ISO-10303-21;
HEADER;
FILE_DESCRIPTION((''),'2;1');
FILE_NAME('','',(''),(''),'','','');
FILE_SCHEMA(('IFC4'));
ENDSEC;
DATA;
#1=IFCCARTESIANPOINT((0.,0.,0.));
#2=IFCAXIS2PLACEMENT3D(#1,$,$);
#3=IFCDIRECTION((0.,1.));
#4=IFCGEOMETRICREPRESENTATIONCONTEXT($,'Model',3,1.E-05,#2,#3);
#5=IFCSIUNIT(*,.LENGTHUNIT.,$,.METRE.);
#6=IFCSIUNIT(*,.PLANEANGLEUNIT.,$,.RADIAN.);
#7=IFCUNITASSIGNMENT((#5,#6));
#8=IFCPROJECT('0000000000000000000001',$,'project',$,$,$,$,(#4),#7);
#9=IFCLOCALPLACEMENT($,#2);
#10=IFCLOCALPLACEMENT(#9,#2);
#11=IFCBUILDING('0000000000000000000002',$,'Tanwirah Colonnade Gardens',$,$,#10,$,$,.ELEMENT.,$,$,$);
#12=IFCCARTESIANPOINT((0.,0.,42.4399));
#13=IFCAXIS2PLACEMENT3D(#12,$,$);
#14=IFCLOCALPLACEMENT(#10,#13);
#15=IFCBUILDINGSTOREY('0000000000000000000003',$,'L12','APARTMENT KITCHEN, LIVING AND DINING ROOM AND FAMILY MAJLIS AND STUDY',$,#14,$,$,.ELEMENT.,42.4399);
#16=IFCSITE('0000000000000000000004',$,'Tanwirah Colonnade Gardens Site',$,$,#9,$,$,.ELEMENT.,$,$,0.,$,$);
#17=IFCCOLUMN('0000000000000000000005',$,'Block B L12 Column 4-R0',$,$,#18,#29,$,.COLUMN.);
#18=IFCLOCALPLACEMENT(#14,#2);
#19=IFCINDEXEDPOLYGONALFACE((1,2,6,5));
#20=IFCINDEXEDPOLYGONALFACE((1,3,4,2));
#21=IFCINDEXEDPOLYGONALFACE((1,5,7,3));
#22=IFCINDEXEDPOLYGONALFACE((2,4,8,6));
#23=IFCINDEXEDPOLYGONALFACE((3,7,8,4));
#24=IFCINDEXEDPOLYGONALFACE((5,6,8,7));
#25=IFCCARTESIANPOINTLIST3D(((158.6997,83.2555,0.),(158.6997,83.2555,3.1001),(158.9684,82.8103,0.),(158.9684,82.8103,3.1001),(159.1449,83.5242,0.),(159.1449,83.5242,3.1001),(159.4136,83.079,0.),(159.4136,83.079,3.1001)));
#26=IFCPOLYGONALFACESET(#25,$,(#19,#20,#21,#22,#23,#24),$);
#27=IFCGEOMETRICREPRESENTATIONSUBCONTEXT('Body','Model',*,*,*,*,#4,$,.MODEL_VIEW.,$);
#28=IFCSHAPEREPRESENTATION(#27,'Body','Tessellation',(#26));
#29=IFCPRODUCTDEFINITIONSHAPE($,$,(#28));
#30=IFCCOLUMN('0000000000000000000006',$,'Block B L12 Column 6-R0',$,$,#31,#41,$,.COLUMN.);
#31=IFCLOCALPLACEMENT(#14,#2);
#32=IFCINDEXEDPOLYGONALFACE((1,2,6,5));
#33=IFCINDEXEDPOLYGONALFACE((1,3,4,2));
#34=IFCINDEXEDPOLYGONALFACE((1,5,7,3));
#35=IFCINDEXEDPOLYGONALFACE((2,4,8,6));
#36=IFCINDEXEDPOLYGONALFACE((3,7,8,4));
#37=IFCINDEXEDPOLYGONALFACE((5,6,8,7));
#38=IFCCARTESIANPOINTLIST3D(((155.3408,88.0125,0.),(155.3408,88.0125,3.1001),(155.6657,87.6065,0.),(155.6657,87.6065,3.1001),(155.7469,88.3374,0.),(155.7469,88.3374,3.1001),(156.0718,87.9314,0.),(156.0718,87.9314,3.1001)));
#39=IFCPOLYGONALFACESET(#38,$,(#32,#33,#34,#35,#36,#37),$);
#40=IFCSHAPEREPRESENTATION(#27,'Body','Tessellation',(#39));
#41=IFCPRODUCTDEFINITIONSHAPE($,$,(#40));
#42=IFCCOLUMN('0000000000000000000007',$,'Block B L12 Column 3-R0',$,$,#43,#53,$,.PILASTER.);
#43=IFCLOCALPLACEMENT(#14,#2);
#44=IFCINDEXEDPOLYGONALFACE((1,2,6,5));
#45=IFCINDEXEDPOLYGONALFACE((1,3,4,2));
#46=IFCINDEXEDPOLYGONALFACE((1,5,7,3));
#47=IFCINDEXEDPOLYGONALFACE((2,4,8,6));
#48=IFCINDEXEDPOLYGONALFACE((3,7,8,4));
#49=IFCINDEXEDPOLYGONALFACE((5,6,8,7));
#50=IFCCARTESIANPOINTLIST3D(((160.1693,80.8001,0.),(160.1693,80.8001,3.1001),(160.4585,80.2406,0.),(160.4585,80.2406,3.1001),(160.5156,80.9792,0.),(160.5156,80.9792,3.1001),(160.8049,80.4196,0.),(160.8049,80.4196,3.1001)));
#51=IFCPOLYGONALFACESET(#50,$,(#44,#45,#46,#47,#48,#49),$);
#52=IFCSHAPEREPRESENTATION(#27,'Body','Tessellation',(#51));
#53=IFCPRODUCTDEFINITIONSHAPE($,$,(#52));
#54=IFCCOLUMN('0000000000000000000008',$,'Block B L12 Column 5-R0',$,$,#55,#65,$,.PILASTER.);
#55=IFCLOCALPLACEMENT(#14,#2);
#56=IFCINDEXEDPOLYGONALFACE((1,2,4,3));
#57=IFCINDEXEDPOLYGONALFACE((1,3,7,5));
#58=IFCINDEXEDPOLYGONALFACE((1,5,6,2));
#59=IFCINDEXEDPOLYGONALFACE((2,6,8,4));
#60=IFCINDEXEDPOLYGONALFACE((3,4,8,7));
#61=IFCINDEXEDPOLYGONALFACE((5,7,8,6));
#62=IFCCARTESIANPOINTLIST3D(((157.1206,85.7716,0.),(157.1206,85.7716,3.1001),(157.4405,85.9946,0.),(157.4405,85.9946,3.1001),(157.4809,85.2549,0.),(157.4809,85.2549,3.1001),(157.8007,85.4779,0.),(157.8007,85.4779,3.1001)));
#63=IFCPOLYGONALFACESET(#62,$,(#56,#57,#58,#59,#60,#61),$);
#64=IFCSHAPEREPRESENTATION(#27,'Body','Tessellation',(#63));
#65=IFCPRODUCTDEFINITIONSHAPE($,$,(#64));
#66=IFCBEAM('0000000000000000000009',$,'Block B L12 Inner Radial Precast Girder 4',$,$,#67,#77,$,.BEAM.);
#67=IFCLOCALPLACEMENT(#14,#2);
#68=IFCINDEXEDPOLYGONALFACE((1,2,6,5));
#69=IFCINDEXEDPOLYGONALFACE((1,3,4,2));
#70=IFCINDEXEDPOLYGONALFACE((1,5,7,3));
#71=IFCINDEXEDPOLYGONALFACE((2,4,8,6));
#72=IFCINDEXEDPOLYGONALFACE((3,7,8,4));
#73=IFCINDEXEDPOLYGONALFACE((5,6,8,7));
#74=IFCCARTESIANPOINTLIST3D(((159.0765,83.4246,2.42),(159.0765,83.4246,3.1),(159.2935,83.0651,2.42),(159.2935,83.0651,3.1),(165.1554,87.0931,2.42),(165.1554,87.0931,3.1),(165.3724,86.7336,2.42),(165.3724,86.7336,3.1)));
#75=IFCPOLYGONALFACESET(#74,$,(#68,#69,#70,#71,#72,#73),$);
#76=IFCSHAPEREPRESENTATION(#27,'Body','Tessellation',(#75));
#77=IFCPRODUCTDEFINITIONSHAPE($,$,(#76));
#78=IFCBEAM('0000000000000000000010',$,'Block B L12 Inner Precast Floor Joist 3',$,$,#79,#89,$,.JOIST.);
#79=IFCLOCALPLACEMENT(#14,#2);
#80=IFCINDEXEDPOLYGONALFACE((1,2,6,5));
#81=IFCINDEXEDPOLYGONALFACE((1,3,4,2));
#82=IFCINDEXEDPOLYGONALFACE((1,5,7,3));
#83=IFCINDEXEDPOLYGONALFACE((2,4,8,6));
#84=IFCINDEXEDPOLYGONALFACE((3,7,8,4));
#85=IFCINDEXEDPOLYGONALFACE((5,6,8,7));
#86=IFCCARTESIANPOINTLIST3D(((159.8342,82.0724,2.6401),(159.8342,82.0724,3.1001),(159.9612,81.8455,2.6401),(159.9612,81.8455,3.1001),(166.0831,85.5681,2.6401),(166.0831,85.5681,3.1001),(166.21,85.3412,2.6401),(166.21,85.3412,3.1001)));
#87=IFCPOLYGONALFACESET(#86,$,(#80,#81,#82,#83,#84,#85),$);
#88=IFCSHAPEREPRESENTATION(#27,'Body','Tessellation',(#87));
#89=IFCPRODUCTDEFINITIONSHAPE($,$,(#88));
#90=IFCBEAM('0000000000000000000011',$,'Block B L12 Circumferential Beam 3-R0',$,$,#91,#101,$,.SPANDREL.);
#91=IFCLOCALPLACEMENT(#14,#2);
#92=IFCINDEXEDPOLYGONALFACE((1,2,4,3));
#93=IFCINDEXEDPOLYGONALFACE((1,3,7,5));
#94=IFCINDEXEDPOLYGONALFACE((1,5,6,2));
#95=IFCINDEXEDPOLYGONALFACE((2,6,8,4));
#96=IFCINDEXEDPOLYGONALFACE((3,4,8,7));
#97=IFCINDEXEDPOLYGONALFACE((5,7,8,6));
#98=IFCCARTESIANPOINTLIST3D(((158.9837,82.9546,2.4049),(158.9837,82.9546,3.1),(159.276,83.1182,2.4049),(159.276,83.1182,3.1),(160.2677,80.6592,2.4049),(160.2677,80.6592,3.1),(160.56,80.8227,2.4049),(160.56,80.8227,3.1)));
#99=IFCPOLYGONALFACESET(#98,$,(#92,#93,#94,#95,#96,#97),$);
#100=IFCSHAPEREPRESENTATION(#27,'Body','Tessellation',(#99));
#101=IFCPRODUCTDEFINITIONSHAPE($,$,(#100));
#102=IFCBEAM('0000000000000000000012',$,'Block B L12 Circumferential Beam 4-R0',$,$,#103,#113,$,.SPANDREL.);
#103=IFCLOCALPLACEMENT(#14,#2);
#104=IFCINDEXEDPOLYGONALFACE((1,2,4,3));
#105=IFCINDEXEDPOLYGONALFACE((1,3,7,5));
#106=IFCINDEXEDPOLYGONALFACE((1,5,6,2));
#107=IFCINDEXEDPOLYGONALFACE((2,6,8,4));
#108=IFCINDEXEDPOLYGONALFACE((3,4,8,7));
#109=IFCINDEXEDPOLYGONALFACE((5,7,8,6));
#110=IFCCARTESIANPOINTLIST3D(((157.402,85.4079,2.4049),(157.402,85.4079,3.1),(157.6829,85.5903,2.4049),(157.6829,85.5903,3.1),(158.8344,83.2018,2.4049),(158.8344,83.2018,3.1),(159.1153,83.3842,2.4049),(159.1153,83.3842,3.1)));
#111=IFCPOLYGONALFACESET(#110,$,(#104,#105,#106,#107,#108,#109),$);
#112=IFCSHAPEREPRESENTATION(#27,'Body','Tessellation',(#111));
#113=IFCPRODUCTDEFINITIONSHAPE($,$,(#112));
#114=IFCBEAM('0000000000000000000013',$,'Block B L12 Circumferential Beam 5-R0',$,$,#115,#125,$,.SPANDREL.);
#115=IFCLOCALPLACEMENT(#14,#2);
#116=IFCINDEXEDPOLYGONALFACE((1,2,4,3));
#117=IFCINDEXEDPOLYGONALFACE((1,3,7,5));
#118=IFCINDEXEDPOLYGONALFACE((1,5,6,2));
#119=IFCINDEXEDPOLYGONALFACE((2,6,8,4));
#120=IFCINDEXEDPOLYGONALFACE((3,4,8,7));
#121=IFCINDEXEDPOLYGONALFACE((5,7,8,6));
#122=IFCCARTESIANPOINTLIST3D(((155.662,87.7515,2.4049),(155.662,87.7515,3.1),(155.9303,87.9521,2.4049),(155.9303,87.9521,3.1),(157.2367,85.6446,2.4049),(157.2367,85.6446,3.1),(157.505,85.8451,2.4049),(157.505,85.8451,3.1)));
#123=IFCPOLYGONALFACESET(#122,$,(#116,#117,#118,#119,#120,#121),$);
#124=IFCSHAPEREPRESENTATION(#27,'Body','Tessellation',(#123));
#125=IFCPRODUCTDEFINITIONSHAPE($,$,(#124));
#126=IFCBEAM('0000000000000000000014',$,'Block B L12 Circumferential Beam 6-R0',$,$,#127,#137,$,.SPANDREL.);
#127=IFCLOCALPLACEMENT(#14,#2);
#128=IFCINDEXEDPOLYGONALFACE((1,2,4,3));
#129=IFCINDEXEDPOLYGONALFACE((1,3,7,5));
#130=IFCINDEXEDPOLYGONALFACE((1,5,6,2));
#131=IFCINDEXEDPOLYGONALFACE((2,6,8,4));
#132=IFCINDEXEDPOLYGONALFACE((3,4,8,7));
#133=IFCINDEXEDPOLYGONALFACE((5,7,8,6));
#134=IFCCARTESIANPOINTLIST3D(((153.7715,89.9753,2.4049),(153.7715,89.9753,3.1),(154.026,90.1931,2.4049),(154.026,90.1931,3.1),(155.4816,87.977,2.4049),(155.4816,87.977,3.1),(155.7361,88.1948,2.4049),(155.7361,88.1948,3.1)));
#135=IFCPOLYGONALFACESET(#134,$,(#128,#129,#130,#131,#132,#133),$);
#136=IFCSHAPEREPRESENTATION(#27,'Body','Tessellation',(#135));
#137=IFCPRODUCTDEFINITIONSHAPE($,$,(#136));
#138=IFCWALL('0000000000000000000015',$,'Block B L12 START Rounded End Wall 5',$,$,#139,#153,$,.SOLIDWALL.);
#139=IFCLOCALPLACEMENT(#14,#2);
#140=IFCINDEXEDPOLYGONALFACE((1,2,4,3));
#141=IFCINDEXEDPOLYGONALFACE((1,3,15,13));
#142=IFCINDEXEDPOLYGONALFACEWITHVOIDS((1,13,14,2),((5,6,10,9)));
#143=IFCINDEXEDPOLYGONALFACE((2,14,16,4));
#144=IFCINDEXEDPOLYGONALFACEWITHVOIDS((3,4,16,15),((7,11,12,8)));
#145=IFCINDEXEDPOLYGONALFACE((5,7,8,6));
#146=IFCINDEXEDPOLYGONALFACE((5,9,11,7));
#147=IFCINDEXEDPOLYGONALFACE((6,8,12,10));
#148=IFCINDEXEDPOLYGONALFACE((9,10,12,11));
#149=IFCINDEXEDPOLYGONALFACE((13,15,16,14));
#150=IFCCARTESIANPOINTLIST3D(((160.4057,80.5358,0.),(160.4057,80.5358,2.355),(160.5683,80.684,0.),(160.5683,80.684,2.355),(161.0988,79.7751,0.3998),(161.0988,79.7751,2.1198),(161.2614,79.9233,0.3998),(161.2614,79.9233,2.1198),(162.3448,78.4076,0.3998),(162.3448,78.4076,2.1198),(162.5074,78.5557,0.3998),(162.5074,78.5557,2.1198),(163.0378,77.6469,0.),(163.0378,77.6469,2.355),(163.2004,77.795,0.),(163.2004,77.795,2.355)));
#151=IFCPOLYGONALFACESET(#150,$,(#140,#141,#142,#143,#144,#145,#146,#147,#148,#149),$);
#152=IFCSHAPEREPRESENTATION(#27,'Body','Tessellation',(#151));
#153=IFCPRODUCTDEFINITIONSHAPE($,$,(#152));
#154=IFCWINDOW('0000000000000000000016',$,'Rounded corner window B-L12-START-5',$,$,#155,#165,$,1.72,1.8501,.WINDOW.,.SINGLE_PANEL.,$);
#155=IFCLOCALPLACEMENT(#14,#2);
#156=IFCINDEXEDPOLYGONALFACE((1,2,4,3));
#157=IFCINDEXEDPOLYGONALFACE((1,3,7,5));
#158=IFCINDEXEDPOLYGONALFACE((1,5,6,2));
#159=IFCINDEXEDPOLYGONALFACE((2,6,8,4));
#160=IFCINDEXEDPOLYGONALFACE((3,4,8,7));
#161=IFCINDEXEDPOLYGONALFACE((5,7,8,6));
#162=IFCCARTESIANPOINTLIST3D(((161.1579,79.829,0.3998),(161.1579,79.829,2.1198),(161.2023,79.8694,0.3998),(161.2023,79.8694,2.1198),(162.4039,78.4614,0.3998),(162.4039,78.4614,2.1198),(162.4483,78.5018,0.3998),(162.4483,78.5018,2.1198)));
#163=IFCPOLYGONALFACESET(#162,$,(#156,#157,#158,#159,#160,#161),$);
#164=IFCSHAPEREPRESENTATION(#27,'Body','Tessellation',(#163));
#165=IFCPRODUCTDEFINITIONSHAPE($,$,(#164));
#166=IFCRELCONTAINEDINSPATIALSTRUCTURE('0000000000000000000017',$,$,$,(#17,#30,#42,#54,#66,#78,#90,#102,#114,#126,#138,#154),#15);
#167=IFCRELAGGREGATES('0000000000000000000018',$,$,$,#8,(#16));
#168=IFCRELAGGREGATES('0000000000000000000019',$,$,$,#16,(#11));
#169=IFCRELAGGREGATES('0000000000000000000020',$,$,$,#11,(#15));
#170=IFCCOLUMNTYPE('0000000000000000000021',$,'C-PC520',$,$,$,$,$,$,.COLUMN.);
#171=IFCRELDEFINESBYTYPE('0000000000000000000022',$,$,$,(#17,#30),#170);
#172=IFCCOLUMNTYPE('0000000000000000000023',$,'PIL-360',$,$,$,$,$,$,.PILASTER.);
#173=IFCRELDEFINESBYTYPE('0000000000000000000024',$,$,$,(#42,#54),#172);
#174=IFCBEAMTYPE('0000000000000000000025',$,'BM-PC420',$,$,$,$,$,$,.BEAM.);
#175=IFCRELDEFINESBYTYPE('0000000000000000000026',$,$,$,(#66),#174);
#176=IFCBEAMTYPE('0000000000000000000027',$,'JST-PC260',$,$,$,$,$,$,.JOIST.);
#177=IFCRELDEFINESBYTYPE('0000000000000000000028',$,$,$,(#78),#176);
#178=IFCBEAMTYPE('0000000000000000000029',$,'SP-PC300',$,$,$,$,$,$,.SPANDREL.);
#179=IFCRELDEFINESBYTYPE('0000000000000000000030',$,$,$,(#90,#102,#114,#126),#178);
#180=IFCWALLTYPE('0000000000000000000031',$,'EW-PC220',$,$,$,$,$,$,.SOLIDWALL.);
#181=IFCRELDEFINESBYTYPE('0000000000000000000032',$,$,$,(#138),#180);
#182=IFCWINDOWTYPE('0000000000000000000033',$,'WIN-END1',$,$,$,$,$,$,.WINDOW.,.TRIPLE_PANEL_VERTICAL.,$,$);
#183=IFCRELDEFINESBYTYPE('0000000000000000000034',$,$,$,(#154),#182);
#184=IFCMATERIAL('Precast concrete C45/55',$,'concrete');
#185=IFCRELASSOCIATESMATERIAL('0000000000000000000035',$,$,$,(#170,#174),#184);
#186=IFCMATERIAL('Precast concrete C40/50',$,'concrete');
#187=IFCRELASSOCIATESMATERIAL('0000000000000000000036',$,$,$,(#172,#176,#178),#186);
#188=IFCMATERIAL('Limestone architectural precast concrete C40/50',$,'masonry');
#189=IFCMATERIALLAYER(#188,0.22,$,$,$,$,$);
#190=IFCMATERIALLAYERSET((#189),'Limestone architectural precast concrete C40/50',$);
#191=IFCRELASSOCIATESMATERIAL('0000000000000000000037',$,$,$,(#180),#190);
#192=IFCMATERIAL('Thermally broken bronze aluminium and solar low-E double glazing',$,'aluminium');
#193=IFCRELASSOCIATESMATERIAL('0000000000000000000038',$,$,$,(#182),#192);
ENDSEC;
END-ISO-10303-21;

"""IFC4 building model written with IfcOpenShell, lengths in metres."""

from ifc_helpers import new_model, si_unit, direction, frame, frame_2d, origin, origin_2d, place, context, subcontext, project, spatial, rectangle, extrude, material, layer, layer_set, material_profile, profile_set, type_object, element, fill, save


model = new_model("IFC4")

# Units and contexts
model_context = context("Model", 3, precision=1e-05, world=origin(), true_north=direction((0.0, 1.0)))
body_context = subcontext(model_context, "Body", "Model", "MODEL_VIEW")
ifc_project = project(units=[si_unit("LENGTHUNIT", "METRE"), si_unit("PLANEANGLEUNIT", "RADIAN")], contexts=[model_context])

# Site, building, storey
site_placement = place(None, origin())
site = spatial("IfcSite", under=ifc_project, at=site_placement, Name="Tanwirah Colonnade Gardens Site", CompositionType="ELEMENT", RefElevation=0.0)
building_placement = place(site_placement, origin())
building = spatial("IfcBuilding", under=site, at=building_placement, Name="Tanwirah Colonnade Gardens", CompositionType="ELEMENT")
storey_placement = place(building_placement, frame((0.0, 0.0, 42.4399)))
storey = spatial("IfcBuildingStorey", under=building, at=storey_placement, Name="L12", Description="APARTMENT KITCHEN, LIVING AND DINING ROOM AND FAMILY MAJLIS AND STUDY", CompositionType="ELEMENT", Elevation=42.4399)

# Columns
ifc_material_1 = material(Name="Precast concrete C45/55", Category="concrete")
ifc_material_profile_1 = material_profile(ifc_material_1, rectangle(XDim=0.52, YDim=0.52, at=origin_2d()), Name="PC-COL 520x520")
ifc_profile_set_1 = profile_set([ifc_material_profile_1], Name="Precast concrete C45/55")
column_type_1 = type_object("IfcColumnType", Name="C-PC520", PredefinedType="COLUMN", material=ifc_profile_set_1)
for number, where, z_axis, x_axis, name in (
    (1, (159.0566, 83.1672, 0.0), (0.0, 0.0, 1.0), (0.856167, 0.516699, 0.0), "Block B L12 Column 4-R0"),
    (2, (155.7063, 87.9719, 0.0), (0.0, 0.0, 1.0), (0.780794, 0.624789, 0.0), "Block B L12 Column 6-R0"),
):
    element("IfcColumn", number, at=place(storey_placement, frame(where, z_axis=z_axis, x_axis=x_axis)), inside=storey, type_object=column_type_1, Name=name, PredefinedType="COLUMN", context=body_context, shape_type="SweptSolid", body=[
        extrude(rectangle(XDim=0.52, YDim=0.52, at=origin_2d()), origin(), (0.0, 0.0, 1.0), 3.1001),
    ])
ifc_material_2 = material(Name="Precast concrete C40/50", Category="concrete")
ifc_material_profile_2 = material_profile(ifc_material_2, rectangle(XDim=0.3899, YDim=0.6299, at=origin_2d()), Name="PC-PIL 390x630")
ifc_profile_set_2 = profile_set([ifc_material_profile_2], Name="Precast concrete C40/50")
column_type_2 = type_object("IfcColumnType", Name="PIL-360", PredefinedType="PILASTER", material=ifc_profile_set_2)
for number, where, z_axis, x_axis, name in (
    (3, (160.4871, 80.6099, 0.0), (0.0, 0.0, 1.0), (0.88835, 0.459166, 0.0), "Block B L12 Column 3-R0"),
    (4, (157.4607, 85.6248, 0.0), (0.0, 0.0, 1.0), (0.820263, 0.571987, 0.0), "Block B L12 Column 5-R0"),
):
    element("IfcColumn", number, at=place(storey_placement, frame(where, z_axis=z_axis, x_axis=x_axis)), inside=storey, type_object=column_type_2, Name=name, PredefinedType="PILASTER", context=body_context, shape_type="SweptSolid", body=[
        extrude(rectangle(XDim=0.3899, YDim=0.6299, at=origin_2d()), origin(), (0.0, 0.0, 1.0), 3.1001),
    ])

# Beams
ifc_material_profile_3 = material_profile(ifc_material_1, rectangle(XDim=0.4199, YDim=0.6799, at=origin_2d()), Name="PC-BM 420x680")
ifc_profile_set_3 = profile_set([ifc_material_profile_3], Name="Precast concrete C45/55")
beam_type_1 = type_object("IfcBeamType", Name="BM-PC420", PredefinedType="BEAM", material=ifc_profile_set_3)
beam_1_placement = place(storey_placement, frame((165.2639, 86.9133, 2.76), z_axis=(-0.856176, -0.516684, 0.0), x_axis=(0.516684, -0.856176, 0.0)))
element("IfcBeam", 5, at=beam_1_placement, inside=storey, type_object=beam_type_1, Name="Block B L12 Inner Radial Precast Girder 4", PredefinedType="BEAM", context=body_context, shape_type="SweptSolid", body=[
    extrude(rectangle(XDim=0.4199, YDim=0.6799, at=origin_2d()), origin(), (0.0, 0.0, 1.0), 7.1001),
])
ifc_material_profile_4 = material_profile(ifc_material_2, rectangle(XDim=0.26, YDim=0.46, at=origin_2d()), Name="PC-JST 260x460")
ifc_profile_set_4 = profile_set([ifc_material_profile_4], Name="Precast concrete C40/50")
beam_type_2 = type_object("IfcBeamType", Name="JST-PC260", PredefinedType="JOIST", material=ifc_profile_set_4)
beam_2_placement = place(storey_placement, frame((159.8977, 81.959, 2.8701), z_axis=(0.872727, 0.488209, 0.0), x_axis=(-0.488209, 0.872727, 0.0)))
element("IfcBeam", 6, at=beam_2_placement, inside=storey, type_object=beam_type_2, Name="Block B L12 Inner Precast Floor Joist 3", PredefinedType="JOIST", context=body_context, shape_type="SweptSolid", body=[
    extrude(rectangle(XDim=0.26, YDim=0.46, at=origin_2d()), origin(), (0.0, 0.0, 1.0), 7.1602),
])
ifc_material_profile_5 = material_profile(ifc_material_2, rectangle(XDim=0.335, YDim=0.6951, at=origin_2d()), Name="PC-SP 335x695")
ifc_profile_set_5 = profile_set([ifc_material_profile_5], Name="Precast concrete C40/50")
beam_type_3 = type_object("IfcBeamType", Name="SP-PC300", PredefinedType="SPANDREL", material=ifc_profile_set_5)
beam_3_placement = place(storey_placement, frame((160.4138, 80.741, 2.7524), z_axis=(-0.488171, 0.872748, 0.0), x_axis=(-0.872748, -0.488171, 0.0)))
element("IfcBeam", 7, at=beam_3_placement, inside=storey, type_object=beam_type_3, Name="Block B L12 Circumferential Beam 3-R0", PredefinedType="SPANDREL", context=body_context, shape_type="SweptSolid", body=[
    extrude(rectangle(XDim=0.335, YDim=0.6951, at=origin_2d()), origin(), (0.0, 0.0, 1.0), 2.6301),
])
for number, where, z_axis, x_axis, name in (
    (8, (158.9749, 83.293, 2.7524), (-0.544571, 0.838715, 0.0), (-0.838715, -0.544571, 0.0), "Block B L12 Circumferential Beam 4-R0"),
    (9, (157.3708, 85.7449, 2.7524), (-0.598663, 0.801001, 0.0), (-0.801001, -0.598663, 0.0), "Block B L12 Circumferential Beam 5-R0"),
):
    element("IfcBeam", number, at=place(storey_placement, frame(where, z_axis=z_axis, x_axis=x_axis)), inside=storey, type_object=beam_type_3, Name=name, PredefinedType="SPANDREL", context=body_context, shape_type="SweptSolid", body=[
        extrude(rectangle(XDim=0.335, YDim=0.6951, at=origin_2d()), origin(), (0.0, 0.0, 1.0), 2.6304),
    ])
beam_4_placement = place(storey_placement, frame((155.6089, 88.0859, 2.7524), z_axis=(-0.650218, 0.759748, 0.0), x_axis=(-0.759748, -0.650218, 0.0)))
element("IfcBeam", 10, at=beam_4_placement, inside=storey, type_object=beam_type_3, Name="Block B L12 Circumferential Beam 6-R0", PredefinedType="SPANDREL", context=body_context, shape_type="SweptSolid", body=[
    extrude(rectangle(XDim=0.335, YDim=0.6951, at=origin_2d()), origin(), (0.0, 0.0, 1.0), 2.6301),
])

# Wall, opening, window
ifc_material_3 = material(Name="Limestone architectural precast concrete C40/50", Category="masonry")
ifc_layer_1 = layer(ifc_material_3, 0.22)
ifc_layer_set_1 = layer_set([ifc_layer_1], Name="Limestone architectural precast concrete C40/50")
wall_type_1 = type_object("IfcWallType", Name="EW-PC220", PredefinedType="SOLIDWALL", material=ifc_layer_set_1)
wall_1_placement = place(storey_placement, frame((163.1191, 77.7209, 0.0), z_axis=(0.0, 0.0, 1.0), x_axis=(-0.673484, 0.739202, 0.0)))
wall_1 = element("IfcWall", 11, at=wall_1_placement, inside=storey, type_object=wall_type_1, Name="Block B L12 START Rounded End Wall 5", PredefinedType="SOLIDWALL", context=body_context, shape_type="SweptSolid", body=[
    extrude(rectangle(XDim=3.9082, YDim=0.22, at=frame_2d((1.9541, 0.0))), origin(), (0.0, 0.0, 1.0), 2.355),
])
opening_1_placement = place(wall_1_placement, frame((1.0291, 0.0, 0.3999)))
opening_1 = element("IfcOpeningElement", 12, at=opening_1_placement, cuts=wall_1, PredefinedType="OPENING", context=body_context, shape_type="SweptSolid", body=[
    extrude(rectangle(XDim=1.8501, YDim=1.72, at=frame_2d((0.925, 0.8599))), frame((0.0, 0.1199, 0.0), z_axis=(0.0, -1.0, 0.0), x_axis=(1.0, 0.0, 0.0)), (0.0, 0.0, 1.0), 0.24),
])
ifc_material_4 = material(Name="Thermally broken bronze aluminium and solar low-E double glazing", Category="aluminium")
window_type = type_object("IfcWindowType", Name="WIN-END1", PartitioningType="TRIPLE_PANEL_VERTICAL", PredefinedType="WINDOW", material=ifc_material_4)
window_placement = place(opening_1_placement, origin())
window = element("IfcWindow", 13, at=window_placement, inside=storey, type_object=window_type, Name="Rounded corner window B-L12-START-5", OverallHeight=1.72, OverallWidth=1.8501, PartitioningType="SINGLE_PANEL", PredefinedType="WINDOW", context=body_context, shape_type="SweptSolid", body=[
    extrude(rectangle(XDim=1.8501, YDim=1.72, at=frame_2d((0.925, 0.8599))), frame((0.0, 0.03, 0.0), z_axis=(0.0, -1.0, 0.0), x_axis=(1.0, 0.0, 0.0)), (0.0, 0.0, 1.0), 0.0601),
])
fill(opening_1, window)

save(model, "model.ifc")
